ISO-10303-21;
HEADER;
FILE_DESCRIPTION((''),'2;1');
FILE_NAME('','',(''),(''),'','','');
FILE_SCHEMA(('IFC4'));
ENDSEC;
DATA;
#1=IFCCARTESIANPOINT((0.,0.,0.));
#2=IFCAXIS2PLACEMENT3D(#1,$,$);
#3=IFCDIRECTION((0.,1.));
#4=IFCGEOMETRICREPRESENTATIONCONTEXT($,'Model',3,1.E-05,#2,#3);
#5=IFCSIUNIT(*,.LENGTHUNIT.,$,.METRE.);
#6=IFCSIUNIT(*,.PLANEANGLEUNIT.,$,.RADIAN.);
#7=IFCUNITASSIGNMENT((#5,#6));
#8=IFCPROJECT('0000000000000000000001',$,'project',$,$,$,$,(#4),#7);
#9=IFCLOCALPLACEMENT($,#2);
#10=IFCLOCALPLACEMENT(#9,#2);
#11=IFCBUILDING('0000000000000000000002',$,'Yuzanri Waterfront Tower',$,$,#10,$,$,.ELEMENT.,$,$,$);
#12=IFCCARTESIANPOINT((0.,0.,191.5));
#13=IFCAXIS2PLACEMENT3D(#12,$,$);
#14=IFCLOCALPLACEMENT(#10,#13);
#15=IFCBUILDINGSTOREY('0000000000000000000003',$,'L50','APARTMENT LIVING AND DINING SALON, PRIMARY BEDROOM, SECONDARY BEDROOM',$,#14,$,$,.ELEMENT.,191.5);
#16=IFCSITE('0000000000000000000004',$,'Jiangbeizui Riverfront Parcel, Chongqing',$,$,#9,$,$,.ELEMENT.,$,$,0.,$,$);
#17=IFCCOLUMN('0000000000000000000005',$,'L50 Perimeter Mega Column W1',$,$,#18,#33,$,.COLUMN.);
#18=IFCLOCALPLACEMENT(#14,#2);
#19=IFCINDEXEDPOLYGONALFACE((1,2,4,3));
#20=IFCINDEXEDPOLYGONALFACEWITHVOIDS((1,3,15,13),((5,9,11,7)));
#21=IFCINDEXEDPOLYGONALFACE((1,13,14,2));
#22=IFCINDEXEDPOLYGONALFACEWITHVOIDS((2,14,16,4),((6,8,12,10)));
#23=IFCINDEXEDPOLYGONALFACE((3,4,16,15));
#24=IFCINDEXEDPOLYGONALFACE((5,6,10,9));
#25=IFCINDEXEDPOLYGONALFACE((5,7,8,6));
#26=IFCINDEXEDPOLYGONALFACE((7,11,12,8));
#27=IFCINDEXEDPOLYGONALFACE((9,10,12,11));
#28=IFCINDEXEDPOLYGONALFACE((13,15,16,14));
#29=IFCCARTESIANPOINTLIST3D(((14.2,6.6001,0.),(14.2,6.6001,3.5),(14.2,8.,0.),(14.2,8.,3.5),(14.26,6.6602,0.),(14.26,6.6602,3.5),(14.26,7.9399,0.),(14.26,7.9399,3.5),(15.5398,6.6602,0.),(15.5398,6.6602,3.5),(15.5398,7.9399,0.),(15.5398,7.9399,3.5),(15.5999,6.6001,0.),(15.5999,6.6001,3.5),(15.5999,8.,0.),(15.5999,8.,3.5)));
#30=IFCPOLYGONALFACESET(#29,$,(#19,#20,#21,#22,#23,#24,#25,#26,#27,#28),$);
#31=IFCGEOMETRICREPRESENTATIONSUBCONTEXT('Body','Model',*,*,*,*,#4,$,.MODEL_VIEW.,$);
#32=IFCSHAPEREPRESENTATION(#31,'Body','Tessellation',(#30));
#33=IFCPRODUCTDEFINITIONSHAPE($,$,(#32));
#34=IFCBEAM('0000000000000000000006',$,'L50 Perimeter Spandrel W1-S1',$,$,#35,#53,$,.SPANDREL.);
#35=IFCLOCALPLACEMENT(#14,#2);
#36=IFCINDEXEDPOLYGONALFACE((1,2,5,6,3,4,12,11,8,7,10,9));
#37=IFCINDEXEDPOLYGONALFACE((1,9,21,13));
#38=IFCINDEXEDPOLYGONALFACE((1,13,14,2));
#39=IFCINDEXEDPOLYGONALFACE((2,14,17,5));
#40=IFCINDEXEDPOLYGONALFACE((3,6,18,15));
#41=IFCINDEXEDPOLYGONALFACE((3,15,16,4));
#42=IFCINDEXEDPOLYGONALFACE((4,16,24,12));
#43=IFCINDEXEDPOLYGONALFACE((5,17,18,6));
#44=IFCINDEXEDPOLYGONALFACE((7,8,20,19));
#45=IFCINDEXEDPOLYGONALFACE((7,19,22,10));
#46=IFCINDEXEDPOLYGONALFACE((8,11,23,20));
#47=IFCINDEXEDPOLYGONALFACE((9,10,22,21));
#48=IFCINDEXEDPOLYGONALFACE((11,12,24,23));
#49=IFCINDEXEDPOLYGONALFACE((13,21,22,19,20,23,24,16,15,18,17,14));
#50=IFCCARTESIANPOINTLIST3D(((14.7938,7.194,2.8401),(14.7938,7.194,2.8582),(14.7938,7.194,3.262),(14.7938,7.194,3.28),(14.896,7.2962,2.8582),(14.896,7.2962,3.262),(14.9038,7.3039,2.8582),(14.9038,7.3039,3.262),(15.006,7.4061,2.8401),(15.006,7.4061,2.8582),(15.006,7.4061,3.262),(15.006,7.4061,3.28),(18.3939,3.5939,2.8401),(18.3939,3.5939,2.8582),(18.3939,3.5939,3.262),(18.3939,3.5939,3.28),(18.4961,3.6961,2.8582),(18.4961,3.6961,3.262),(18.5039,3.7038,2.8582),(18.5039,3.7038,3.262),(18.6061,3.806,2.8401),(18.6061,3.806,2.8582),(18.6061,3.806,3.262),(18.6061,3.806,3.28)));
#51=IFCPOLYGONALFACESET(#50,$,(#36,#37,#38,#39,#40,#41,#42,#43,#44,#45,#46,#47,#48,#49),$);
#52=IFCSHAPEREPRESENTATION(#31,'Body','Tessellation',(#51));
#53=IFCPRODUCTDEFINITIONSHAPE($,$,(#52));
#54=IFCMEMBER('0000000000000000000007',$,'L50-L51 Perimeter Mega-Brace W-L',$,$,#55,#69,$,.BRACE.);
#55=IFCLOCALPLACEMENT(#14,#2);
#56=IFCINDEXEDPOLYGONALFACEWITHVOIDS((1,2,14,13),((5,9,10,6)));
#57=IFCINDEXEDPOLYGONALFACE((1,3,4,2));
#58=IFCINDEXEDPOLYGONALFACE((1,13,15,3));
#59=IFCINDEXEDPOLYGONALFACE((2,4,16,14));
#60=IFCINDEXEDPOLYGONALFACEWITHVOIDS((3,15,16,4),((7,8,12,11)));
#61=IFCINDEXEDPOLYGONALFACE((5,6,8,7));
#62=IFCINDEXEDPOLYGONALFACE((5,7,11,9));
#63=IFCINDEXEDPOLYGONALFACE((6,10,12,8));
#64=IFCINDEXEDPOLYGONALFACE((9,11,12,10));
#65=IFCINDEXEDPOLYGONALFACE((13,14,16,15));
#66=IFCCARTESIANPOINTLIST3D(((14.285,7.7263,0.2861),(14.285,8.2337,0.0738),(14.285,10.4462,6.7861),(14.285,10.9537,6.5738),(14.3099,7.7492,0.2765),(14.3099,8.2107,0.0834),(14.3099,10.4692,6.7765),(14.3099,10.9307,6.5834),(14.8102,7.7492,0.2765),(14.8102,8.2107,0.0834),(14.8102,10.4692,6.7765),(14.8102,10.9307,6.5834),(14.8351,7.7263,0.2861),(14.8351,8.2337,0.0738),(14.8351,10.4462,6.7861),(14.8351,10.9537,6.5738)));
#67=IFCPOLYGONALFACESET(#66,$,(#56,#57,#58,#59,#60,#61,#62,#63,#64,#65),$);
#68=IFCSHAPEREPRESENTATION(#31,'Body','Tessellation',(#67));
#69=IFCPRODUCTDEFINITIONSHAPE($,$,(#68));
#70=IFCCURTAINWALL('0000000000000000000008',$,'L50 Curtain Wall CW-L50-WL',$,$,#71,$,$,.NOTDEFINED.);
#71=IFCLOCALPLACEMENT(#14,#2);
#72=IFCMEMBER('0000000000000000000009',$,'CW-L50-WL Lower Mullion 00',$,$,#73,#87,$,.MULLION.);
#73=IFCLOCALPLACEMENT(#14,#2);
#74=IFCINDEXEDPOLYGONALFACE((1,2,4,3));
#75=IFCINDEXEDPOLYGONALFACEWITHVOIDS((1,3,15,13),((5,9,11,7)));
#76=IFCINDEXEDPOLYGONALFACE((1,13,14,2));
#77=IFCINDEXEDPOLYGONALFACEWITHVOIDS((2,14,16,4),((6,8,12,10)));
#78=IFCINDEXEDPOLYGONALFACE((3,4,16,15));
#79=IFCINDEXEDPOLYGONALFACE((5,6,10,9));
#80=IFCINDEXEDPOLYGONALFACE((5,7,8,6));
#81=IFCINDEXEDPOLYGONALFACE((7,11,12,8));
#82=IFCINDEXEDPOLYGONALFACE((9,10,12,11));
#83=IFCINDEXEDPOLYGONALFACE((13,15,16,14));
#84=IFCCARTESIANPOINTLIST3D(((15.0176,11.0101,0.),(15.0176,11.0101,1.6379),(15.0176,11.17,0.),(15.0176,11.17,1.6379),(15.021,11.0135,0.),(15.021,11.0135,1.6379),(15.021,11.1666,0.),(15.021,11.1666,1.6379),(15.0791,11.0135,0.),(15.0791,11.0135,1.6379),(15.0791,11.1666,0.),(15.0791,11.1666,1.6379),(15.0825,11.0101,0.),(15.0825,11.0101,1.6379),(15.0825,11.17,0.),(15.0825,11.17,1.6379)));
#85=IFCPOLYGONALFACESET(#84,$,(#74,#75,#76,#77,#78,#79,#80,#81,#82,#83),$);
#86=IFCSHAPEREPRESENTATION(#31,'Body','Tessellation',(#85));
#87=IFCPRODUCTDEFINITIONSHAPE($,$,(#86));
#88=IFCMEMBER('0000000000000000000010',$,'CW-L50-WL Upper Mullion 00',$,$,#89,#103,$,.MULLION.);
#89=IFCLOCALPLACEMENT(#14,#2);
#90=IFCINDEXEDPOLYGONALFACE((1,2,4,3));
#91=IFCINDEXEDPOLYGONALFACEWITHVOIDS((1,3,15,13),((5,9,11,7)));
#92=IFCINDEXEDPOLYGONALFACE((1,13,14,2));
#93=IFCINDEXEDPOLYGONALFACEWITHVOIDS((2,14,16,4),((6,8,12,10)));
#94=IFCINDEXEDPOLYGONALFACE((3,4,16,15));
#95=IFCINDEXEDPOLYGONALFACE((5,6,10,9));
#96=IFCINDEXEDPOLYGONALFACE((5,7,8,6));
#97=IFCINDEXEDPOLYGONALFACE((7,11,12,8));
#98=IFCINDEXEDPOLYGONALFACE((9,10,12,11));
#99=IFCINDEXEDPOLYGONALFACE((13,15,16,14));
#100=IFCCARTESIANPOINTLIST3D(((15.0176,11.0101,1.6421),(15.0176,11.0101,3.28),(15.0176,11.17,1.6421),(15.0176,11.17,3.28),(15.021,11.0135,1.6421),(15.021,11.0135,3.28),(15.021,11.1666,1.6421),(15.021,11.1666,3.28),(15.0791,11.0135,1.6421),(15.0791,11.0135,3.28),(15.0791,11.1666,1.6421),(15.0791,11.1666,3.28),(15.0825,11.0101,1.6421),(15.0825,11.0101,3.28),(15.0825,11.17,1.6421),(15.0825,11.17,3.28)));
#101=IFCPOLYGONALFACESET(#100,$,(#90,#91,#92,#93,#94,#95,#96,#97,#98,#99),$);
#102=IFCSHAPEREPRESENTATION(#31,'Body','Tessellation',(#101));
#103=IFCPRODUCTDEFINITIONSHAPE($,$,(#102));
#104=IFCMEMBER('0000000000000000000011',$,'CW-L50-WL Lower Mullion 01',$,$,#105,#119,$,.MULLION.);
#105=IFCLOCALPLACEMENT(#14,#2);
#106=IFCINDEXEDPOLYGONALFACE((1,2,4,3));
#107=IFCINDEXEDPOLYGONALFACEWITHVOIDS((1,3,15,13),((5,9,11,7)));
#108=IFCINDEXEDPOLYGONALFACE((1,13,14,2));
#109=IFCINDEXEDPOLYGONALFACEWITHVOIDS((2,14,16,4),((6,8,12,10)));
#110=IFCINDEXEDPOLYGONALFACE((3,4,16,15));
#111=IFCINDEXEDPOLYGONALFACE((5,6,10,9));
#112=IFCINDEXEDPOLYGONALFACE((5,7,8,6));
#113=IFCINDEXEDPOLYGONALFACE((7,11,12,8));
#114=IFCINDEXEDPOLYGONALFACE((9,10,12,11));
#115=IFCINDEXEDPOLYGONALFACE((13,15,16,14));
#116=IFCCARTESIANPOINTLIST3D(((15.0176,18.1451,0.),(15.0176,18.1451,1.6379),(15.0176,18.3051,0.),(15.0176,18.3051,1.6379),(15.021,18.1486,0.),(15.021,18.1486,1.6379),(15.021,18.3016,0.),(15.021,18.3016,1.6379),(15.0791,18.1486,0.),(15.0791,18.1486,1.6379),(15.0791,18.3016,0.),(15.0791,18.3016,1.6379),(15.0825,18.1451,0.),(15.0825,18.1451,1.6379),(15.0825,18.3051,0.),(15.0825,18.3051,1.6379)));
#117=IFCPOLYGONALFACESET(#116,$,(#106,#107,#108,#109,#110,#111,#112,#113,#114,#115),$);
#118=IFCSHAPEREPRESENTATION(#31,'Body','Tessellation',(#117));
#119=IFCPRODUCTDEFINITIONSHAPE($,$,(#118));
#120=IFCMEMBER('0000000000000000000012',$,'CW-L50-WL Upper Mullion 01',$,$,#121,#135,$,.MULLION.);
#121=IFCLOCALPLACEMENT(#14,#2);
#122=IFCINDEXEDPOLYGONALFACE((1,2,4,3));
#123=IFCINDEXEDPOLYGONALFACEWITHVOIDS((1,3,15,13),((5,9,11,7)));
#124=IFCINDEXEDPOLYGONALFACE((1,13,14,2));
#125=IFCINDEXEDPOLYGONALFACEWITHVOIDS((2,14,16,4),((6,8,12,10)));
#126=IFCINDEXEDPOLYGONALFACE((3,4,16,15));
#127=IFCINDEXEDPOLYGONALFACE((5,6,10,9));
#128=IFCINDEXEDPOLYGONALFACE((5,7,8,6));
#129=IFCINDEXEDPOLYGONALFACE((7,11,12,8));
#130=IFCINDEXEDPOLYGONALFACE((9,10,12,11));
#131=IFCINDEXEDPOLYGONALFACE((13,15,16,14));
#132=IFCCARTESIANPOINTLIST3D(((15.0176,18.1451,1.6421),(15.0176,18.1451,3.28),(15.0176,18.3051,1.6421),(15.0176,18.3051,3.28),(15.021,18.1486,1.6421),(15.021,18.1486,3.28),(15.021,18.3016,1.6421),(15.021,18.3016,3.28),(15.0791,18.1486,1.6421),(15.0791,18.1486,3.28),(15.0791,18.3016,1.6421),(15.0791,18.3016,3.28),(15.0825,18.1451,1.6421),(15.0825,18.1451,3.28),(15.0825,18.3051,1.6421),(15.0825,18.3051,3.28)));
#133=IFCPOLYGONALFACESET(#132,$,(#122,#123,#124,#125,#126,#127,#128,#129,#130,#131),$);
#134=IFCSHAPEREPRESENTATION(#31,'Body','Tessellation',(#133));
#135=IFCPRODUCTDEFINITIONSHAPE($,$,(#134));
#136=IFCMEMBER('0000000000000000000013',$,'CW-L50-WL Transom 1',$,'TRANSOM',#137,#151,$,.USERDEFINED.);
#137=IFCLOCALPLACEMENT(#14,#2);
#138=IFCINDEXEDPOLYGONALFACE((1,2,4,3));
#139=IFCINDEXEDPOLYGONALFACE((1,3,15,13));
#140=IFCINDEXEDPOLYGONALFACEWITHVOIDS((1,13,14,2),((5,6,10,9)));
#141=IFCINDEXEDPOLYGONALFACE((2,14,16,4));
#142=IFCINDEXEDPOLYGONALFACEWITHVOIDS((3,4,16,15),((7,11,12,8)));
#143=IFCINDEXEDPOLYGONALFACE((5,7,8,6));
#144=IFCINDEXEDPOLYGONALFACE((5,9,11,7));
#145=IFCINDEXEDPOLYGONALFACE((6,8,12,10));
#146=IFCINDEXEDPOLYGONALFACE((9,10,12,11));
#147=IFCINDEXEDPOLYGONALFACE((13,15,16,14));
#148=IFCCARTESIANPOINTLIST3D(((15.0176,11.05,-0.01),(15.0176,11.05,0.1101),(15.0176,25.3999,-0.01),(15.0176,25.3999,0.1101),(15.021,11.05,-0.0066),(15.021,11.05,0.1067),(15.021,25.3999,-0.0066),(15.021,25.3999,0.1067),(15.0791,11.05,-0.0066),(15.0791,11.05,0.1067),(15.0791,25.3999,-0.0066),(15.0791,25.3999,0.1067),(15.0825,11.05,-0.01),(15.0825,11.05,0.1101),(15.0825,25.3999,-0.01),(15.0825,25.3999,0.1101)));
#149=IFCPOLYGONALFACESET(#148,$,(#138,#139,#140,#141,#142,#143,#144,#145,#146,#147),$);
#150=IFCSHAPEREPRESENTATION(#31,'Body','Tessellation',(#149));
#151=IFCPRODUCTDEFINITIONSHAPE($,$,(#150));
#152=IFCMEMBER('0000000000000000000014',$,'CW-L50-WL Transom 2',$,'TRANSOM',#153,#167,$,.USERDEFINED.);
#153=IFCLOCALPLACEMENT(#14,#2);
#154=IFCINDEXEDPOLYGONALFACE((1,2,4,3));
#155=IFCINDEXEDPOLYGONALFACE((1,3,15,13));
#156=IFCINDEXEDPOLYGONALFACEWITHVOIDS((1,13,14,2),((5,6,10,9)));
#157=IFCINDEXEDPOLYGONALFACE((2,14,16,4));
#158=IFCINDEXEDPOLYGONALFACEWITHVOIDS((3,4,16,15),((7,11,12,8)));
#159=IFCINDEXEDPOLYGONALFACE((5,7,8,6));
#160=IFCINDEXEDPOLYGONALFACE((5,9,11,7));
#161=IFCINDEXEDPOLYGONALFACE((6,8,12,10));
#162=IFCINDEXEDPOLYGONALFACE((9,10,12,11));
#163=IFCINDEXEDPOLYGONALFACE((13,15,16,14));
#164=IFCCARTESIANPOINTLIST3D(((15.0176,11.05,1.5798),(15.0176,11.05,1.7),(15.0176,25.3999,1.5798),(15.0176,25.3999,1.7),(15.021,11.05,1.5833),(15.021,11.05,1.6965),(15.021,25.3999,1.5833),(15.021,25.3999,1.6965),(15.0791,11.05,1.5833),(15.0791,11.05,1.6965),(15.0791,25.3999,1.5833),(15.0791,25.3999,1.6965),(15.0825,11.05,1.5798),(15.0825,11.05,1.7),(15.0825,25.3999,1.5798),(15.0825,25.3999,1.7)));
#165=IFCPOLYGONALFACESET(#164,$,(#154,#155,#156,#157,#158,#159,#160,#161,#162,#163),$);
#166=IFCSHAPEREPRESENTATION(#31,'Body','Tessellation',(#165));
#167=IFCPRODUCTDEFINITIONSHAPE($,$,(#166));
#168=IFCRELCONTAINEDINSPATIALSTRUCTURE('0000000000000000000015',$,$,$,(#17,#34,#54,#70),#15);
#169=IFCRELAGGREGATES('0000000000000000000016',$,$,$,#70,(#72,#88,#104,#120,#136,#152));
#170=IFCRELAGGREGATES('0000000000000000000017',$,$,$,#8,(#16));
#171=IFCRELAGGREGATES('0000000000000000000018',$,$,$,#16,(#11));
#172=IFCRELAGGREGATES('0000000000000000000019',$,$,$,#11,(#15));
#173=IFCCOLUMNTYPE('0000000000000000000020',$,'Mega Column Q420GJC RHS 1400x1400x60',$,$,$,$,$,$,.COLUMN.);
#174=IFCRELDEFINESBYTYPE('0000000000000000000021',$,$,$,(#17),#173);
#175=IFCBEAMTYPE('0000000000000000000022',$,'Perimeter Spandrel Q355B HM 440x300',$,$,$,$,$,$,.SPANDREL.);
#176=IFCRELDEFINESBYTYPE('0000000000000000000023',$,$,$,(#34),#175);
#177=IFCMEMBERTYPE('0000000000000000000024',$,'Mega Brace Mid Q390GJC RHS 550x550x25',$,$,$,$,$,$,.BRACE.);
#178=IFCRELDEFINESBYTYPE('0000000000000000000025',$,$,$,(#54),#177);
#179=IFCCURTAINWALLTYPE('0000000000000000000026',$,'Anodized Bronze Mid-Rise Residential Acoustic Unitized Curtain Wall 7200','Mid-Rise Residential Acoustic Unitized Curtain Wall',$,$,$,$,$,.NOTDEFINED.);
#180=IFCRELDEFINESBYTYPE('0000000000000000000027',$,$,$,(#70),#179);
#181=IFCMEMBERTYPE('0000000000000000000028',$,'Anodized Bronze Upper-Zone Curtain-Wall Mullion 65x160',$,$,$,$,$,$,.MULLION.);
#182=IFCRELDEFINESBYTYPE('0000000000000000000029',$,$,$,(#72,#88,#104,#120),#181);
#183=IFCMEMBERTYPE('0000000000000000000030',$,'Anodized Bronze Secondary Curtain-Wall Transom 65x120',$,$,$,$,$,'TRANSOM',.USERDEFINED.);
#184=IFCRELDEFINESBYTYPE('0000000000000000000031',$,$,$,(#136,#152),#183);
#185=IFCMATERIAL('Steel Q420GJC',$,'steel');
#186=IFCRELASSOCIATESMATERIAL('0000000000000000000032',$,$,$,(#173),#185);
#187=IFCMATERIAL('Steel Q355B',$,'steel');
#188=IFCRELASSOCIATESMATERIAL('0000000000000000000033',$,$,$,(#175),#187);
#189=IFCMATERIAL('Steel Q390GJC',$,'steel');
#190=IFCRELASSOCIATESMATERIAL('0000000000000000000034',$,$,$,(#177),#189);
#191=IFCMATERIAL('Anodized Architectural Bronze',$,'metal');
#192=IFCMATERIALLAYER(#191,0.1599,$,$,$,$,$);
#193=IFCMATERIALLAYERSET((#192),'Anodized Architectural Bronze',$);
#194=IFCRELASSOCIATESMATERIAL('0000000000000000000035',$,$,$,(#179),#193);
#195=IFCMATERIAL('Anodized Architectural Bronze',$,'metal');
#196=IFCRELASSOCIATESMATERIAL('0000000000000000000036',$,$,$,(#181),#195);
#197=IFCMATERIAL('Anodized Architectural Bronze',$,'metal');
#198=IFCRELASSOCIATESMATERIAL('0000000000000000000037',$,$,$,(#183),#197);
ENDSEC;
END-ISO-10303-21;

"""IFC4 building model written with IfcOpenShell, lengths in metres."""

from ifc_helpers import new_model, si_unit, direction, frame, origin, origin_2d, place, context, subcontext, project, spatial, hollow_rectangle, i_section, extrude, source, transform, mapped, material, layer, layer_set, material_profile, profile_set, type_object, element, aggregate, save


model = new_model("IFC4")

# Units and contexts
model_context = context("Model", 3, precision=1e-05, world=origin(), true_north=direction((0.0, 1.0)))
body_context = subcontext(model_context, "Body", "Model", "MODEL_VIEW")
ifc_project = project(units=[si_unit("LENGTHUNIT", "METRE"), si_unit("PLANEANGLEUNIT", "RADIAN")], contexts=[model_context])

# Site, building, storey
site_placement = place(None, origin())
site = spatial("IfcSite", under=ifc_project, at=site_placement, Name="Jiangbeizui Riverfront Parcel, Chongqing", CompositionType="ELEMENT", RefElevation=0.0)
building_placement = place(site_placement, origin())
building = spatial("IfcBuilding", under=site, at=building_placement, Name="Yuzanri Waterfront Tower", CompositionType="ELEMENT")
storey_placement = place(building_placement, frame((0.0, 0.0, 191.5)))
storey = spatial("IfcBuildingStorey", under=building, at=storey_placement, Name="L50", Description="APARTMENT LIVING AND DINING SALON, PRIMARY BEDROOM, SECONDARY BEDROOM", CompositionType="ELEMENT", Elevation=191.5)

# Column
ifc_material_1 = material(Name="Steel Q420GJC", Category="steel")
ifc_material_profile_1 = material_profile(ifc_material_1, hollow_rectangle(XDim=1.3999, YDim=1.3999, WallThickness=0.0601, at=origin_2d()), Name="RHS 1400x1400x60")
ifc_profile_set_1 = profile_set([ifc_material_profile_1], Name="Steel Q420GJC")
column_type = type_object("IfcColumnType", Name="Mega Column Q420GJC RHS 1400x1400x60", PredefinedType="COLUMN", material=ifc_profile_set_1)
shared_shape_1 = source(origin(), body_context, "Body", "SweptSolid", [
    extrude(hollow_rectangle(XDim=1.3999, YDim=1.3999, WallThickness=0.0601, at=origin_2d()), origin(), (0.0, 0.0, 1.0), 3.5),
])
column_placement = place(storey_placement, frame((14.8999, 7.3, 0.0), z_axis=(0.0, 0.0, 1.0), x_axis=(1.0, 0.0, 0.0)))
element("IfcColumn", 1, at=column_placement, inside=storey, type_object=column_type, Name="L50 Perimeter Mega Column W1", PredefinedType="COLUMN", context=body_context, shape_type="MappedRepresentation", body=[
    mapped(shared_shape_1, transform((0.0, 0.0, 0.0), scale=1.0)),
])

# Beam
ifc_material_2 = material(Name="Steel Q355B", Category="steel")
ifc_material_profile_2 = material_profile(ifc_material_2, i_section(OverallWidth=0.3, OverallDepth=0.4399, WebThickness=0.011, FlangeThickness=0.0181, at=origin_2d()), Name="HM 440x300x11x18")
ifc_profile_set_2 = profile_set([ifc_material_profile_2], Name="Steel Q355B")
beam_type = type_object("IfcBeamType", Name="Perimeter Spandrel Q355B HM 440x300", PredefinedType="SPANDREL", material=ifc_profile_set_2)
shared_shape_2 = source(origin(), body_context, "Body", "SweptSolid", [
    extrude(i_section(OverallWidth=0.3, OverallDepth=0.4399, WebThickness=0.011, FlangeThickness=0.0181, at=origin_2d()), origin(), (0.0, 0.0, 1.0), 5.0913),
])
beam_placement = place(storey_placement, frame((14.8999, 7.3, 3.0601), z_axis=(0.707107, -0.707107, 0.0), x_axis=(0.707107, 0.707107, 0.0)))
element("IfcBeam", 2, at=beam_placement, inside=storey, type_object=beam_type, Name="L50 Perimeter Spandrel W1-S1", PredefinedType="SPANDREL", context=body_context, shape_type="MappedRepresentation", body=[
    mapped(shared_shape_2, transform((0.0, 0.0, 0.0), scale=1.0)),
])

# Member
ifc_material_3 = material(Name="Steel Q390GJC", Category="steel")
ifc_material_profile_3 = material_profile(ifc_material_3, hollow_rectangle(XDim=0.55, YDim=0.55, WallThickness=0.0249, at=origin_2d()), Name="RHS 550x550x25")
ifc_profile_set_3 = profile_set([ifc_material_profile_3], Name="Steel Q390GJC")
member_type_1 = type_object("IfcMemberType", Name="Mega Brace Mid Q390GJC RHS 550x550x25", PredefinedType="BRACE", material=ifc_profile_set_3)
shared_shape_3 = source(origin(), body_context, "Body", "SweptSolid", [
    extrude(hollow_rectangle(XDim=0.55, YDim=0.55, WallThickness=0.0249, at=origin_2d()), origin(), (0.0, 0.0, 1.0), 7.0461),
])
member_1_placement = place(storey_placement, frame((14.5601, 7.98, 0.1799), z_axis=(0.0, 0.386022, 0.922489), x_axis=(-1.0, 0.0, 0.0)))
element("IfcMember", 3, at=member_1_placement, inside=storey, type_object=member_type_1, Name="L50-L51 Perimeter Mega-Brace W-L", PredefinedType="BRACE", context=body_context, shape_type="MappedRepresentation", body=[
    mapped(shared_shape_3, transform((0.0, 0.0, 0.0), scale=1.0)),
])

# Curtain wall, members
ifc_material_4 = material(Name="Anodized Architectural Bronze", Category="metal")
ifc_layer_1 = layer(ifc_material_4, 0.1599)
ifc_layer_set_1 = layer_set([ifc_layer_1], Name="Anodized Architectural Bronze")
curtain_wall_type = type_object("IfcCurtainWallType", Name="Anodized Bronze Mid-Rise Residential Acoustic Unitized Curtain Wall 7200", Description="Mid-Rise Residential Acoustic Unitized Curtain Wall", PredefinedType="NOTDEFINED", material=ifc_layer_set_1)
curtain_wall_placement = place(storey_placement, origin())
curtain_wall = element("IfcCurtainWall", 4, at=curtain_wall_placement, inside=storey, type_object=curtain_wall_type, Name="L50 Curtain Wall CW-L50-WL", PredefinedType="NOTDEFINED")
ifc_material_5 = material(Name="Anodized Architectural Bronze", Category="metal")
ifc_material_profile_4 = material_profile(ifc_material_5, hollow_rectangle(XDim=0.0649, YDim=0.1599, WallThickness=0.0034, at=origin_2d()), Name="CWM 65x160")
ifc_profile_set_4 = profile_set([ifc_material_profile_4], Name="Anodized Architectural Bronze")
member_type_2 = type_object("IfcMemberType", Name="Anodized Bronze Upper-Zone Curtain-Wall Mullion 65x160", PredefinedType="MULLION", material=ifc_profile_set_4)
shared_shape_4 = source(origin(), body_context, "Body", "SweptSolid", [
    extrude(hollow_rectangle(XDim=0.0649, YDim=0.1599, WallThickness=0.0034, at=origin_2d()), origin(), (0.0, 0.0, 1.0), 1.6379),
])
member_2_placement = place(storey_placement, frame((15.05, 11.0901, 0.0), z_axis=(0.0, 0.0, 1.0), x_axis=(1.0, 0.0, 0.0)))
member_2 = element("IfcMember", 5, at=member_2_placement, type_object=member_type_2, Name="CW-L50-WL Lower Mullion 00", PredefinedType="MULLION", context=body_context, shape_type="MappedRepresentation", body=[
    mapped(shared_shape_4, transform((0.0, 0.0, 0.0), scale=1.0)),
])
member_3_placement = place(storey_placement, frame((15.05, 11.0901, 1.6421), z_axis=(0.0, 0.0, 1.0), x_axis=(1.0, 0.0, 0.0)))
member_3 = element("IfcMember", 6, at=member_3_placement, type_object=member_type_2, Name="CW-L50-WL Upper Mullion 00", PredefinedType="MULLION", context=body_context, shape_type="MappedRepresentation", body=[
    mapped(shared_shape_4, transform((0.0, 0.0, 0.0), scale=1.0)),
])
member_4_placement = place(storey_placement, frame((15.05, 18.2251, 0.0), z_axis=(0.0, 0.0, 1.0), x_axis=(1.0, 0.0, 0.0)))
member_4 = element("IfcMember", 7, at=member_4_placement, type_object=member_type_2, Name="CW-L50-WL Lower Mullion 01", PredefinedType="MULLION", context=body_context, shape_type="MappedRepresentation", body=[
    mapped(shared_shape_4, transform((0.0, 0.0, 0.0), scale=1.0)),
])
member_5_placement = place(storey_placement, frame((15.05, 18.2251, 1.6421), z_axis=(0.0, 0.0, 1.0), x_axis=(1.0, 0.0, 0.0)))
member_5 = element("IfcMember", 8, at=member_5_placement, type_object=member_type_2, Name="CW-L50-WL Upper Mullion 01", PredefinedType="MULLION", context=body_context, shape_type="MappedRepresentation", body=[
    mapped(shared_shape_4, transform((0.0, 0.0, 0.0), scale=1.0)),
])
ifc_material_6 = material(Name="Anodized Architectural Bronze", Category="metal")
ifc_material_profile_5 = material_profile(ifc_material_6, hollow_rectangle(XDim=0.0649, YDim=0.1201, WallThickness=0.0034, at=origin_2d()), Name="CWT 65x120")
ifc_profile_set_5 = profile_set([ifc_material_profile_5], Name="Anodized Architectural Bronze")
member_type_3 = type_object("IfcMemberType", Name="Anodized Bronze Secondary Curtain-Wall Transom 65x120", ElementType="TRANSOM", PredefinedType="USERDEFINED", material=ifc_profile_set_5)
shared_shape_5 = source(origin(), body_context, "Body", "SweptSolid", [
    extrude(hollow_rectangle(XDim=0.0649, YDim=0.1201, WallThickness=0.0034, at=origin_2d()), origin(), (0.0, 0.0, 1.0), 14.3499),
])
member_6_placement = place(storey_placement, frame((15.05, 11.05, 0.05), z_axis=(0.0, 1.0, 0.0), x_axis=(-1.0, 0.0, 0.0)))
member_6 = element("IfcMember", 9, at=member_6_placement, type_object=member_type_3, Name="CW-L50-WL Transom 1", ObjectType="TRANSOM", PredefinedType="USERDEFINED", context=body_context, shape_type="MappedRepresentation", body=[
    mapped(shared_shape_5, transform((0.0, 0.0, 0.0), scale=1.0)),
])
member_7_placement = place(storey_placement, frame((15.05, 11.05, 1.6399), z_axis=(0.0, 1.0, 0.0), x_axis=(-1.0, 0.0, 0.0)))
member_7 = element("IfcMember", 10, at=member_7_placement, type_object=member_type_3, Name="CW-L50-WL Transom 2", ObjectType="TRANSOM", PredefinedType="USERDEFINED", context=body_context, shape_type="MappedRepresentation", body=[
    mapped(shared_shape_5, transform((0.0, 0.0, 0.0), scale=1.0)),
])

aggregate(curtain_wall, [member_2, member_3, member_4, member_5, member_6, member_7])

save(model, "model.ifc")
